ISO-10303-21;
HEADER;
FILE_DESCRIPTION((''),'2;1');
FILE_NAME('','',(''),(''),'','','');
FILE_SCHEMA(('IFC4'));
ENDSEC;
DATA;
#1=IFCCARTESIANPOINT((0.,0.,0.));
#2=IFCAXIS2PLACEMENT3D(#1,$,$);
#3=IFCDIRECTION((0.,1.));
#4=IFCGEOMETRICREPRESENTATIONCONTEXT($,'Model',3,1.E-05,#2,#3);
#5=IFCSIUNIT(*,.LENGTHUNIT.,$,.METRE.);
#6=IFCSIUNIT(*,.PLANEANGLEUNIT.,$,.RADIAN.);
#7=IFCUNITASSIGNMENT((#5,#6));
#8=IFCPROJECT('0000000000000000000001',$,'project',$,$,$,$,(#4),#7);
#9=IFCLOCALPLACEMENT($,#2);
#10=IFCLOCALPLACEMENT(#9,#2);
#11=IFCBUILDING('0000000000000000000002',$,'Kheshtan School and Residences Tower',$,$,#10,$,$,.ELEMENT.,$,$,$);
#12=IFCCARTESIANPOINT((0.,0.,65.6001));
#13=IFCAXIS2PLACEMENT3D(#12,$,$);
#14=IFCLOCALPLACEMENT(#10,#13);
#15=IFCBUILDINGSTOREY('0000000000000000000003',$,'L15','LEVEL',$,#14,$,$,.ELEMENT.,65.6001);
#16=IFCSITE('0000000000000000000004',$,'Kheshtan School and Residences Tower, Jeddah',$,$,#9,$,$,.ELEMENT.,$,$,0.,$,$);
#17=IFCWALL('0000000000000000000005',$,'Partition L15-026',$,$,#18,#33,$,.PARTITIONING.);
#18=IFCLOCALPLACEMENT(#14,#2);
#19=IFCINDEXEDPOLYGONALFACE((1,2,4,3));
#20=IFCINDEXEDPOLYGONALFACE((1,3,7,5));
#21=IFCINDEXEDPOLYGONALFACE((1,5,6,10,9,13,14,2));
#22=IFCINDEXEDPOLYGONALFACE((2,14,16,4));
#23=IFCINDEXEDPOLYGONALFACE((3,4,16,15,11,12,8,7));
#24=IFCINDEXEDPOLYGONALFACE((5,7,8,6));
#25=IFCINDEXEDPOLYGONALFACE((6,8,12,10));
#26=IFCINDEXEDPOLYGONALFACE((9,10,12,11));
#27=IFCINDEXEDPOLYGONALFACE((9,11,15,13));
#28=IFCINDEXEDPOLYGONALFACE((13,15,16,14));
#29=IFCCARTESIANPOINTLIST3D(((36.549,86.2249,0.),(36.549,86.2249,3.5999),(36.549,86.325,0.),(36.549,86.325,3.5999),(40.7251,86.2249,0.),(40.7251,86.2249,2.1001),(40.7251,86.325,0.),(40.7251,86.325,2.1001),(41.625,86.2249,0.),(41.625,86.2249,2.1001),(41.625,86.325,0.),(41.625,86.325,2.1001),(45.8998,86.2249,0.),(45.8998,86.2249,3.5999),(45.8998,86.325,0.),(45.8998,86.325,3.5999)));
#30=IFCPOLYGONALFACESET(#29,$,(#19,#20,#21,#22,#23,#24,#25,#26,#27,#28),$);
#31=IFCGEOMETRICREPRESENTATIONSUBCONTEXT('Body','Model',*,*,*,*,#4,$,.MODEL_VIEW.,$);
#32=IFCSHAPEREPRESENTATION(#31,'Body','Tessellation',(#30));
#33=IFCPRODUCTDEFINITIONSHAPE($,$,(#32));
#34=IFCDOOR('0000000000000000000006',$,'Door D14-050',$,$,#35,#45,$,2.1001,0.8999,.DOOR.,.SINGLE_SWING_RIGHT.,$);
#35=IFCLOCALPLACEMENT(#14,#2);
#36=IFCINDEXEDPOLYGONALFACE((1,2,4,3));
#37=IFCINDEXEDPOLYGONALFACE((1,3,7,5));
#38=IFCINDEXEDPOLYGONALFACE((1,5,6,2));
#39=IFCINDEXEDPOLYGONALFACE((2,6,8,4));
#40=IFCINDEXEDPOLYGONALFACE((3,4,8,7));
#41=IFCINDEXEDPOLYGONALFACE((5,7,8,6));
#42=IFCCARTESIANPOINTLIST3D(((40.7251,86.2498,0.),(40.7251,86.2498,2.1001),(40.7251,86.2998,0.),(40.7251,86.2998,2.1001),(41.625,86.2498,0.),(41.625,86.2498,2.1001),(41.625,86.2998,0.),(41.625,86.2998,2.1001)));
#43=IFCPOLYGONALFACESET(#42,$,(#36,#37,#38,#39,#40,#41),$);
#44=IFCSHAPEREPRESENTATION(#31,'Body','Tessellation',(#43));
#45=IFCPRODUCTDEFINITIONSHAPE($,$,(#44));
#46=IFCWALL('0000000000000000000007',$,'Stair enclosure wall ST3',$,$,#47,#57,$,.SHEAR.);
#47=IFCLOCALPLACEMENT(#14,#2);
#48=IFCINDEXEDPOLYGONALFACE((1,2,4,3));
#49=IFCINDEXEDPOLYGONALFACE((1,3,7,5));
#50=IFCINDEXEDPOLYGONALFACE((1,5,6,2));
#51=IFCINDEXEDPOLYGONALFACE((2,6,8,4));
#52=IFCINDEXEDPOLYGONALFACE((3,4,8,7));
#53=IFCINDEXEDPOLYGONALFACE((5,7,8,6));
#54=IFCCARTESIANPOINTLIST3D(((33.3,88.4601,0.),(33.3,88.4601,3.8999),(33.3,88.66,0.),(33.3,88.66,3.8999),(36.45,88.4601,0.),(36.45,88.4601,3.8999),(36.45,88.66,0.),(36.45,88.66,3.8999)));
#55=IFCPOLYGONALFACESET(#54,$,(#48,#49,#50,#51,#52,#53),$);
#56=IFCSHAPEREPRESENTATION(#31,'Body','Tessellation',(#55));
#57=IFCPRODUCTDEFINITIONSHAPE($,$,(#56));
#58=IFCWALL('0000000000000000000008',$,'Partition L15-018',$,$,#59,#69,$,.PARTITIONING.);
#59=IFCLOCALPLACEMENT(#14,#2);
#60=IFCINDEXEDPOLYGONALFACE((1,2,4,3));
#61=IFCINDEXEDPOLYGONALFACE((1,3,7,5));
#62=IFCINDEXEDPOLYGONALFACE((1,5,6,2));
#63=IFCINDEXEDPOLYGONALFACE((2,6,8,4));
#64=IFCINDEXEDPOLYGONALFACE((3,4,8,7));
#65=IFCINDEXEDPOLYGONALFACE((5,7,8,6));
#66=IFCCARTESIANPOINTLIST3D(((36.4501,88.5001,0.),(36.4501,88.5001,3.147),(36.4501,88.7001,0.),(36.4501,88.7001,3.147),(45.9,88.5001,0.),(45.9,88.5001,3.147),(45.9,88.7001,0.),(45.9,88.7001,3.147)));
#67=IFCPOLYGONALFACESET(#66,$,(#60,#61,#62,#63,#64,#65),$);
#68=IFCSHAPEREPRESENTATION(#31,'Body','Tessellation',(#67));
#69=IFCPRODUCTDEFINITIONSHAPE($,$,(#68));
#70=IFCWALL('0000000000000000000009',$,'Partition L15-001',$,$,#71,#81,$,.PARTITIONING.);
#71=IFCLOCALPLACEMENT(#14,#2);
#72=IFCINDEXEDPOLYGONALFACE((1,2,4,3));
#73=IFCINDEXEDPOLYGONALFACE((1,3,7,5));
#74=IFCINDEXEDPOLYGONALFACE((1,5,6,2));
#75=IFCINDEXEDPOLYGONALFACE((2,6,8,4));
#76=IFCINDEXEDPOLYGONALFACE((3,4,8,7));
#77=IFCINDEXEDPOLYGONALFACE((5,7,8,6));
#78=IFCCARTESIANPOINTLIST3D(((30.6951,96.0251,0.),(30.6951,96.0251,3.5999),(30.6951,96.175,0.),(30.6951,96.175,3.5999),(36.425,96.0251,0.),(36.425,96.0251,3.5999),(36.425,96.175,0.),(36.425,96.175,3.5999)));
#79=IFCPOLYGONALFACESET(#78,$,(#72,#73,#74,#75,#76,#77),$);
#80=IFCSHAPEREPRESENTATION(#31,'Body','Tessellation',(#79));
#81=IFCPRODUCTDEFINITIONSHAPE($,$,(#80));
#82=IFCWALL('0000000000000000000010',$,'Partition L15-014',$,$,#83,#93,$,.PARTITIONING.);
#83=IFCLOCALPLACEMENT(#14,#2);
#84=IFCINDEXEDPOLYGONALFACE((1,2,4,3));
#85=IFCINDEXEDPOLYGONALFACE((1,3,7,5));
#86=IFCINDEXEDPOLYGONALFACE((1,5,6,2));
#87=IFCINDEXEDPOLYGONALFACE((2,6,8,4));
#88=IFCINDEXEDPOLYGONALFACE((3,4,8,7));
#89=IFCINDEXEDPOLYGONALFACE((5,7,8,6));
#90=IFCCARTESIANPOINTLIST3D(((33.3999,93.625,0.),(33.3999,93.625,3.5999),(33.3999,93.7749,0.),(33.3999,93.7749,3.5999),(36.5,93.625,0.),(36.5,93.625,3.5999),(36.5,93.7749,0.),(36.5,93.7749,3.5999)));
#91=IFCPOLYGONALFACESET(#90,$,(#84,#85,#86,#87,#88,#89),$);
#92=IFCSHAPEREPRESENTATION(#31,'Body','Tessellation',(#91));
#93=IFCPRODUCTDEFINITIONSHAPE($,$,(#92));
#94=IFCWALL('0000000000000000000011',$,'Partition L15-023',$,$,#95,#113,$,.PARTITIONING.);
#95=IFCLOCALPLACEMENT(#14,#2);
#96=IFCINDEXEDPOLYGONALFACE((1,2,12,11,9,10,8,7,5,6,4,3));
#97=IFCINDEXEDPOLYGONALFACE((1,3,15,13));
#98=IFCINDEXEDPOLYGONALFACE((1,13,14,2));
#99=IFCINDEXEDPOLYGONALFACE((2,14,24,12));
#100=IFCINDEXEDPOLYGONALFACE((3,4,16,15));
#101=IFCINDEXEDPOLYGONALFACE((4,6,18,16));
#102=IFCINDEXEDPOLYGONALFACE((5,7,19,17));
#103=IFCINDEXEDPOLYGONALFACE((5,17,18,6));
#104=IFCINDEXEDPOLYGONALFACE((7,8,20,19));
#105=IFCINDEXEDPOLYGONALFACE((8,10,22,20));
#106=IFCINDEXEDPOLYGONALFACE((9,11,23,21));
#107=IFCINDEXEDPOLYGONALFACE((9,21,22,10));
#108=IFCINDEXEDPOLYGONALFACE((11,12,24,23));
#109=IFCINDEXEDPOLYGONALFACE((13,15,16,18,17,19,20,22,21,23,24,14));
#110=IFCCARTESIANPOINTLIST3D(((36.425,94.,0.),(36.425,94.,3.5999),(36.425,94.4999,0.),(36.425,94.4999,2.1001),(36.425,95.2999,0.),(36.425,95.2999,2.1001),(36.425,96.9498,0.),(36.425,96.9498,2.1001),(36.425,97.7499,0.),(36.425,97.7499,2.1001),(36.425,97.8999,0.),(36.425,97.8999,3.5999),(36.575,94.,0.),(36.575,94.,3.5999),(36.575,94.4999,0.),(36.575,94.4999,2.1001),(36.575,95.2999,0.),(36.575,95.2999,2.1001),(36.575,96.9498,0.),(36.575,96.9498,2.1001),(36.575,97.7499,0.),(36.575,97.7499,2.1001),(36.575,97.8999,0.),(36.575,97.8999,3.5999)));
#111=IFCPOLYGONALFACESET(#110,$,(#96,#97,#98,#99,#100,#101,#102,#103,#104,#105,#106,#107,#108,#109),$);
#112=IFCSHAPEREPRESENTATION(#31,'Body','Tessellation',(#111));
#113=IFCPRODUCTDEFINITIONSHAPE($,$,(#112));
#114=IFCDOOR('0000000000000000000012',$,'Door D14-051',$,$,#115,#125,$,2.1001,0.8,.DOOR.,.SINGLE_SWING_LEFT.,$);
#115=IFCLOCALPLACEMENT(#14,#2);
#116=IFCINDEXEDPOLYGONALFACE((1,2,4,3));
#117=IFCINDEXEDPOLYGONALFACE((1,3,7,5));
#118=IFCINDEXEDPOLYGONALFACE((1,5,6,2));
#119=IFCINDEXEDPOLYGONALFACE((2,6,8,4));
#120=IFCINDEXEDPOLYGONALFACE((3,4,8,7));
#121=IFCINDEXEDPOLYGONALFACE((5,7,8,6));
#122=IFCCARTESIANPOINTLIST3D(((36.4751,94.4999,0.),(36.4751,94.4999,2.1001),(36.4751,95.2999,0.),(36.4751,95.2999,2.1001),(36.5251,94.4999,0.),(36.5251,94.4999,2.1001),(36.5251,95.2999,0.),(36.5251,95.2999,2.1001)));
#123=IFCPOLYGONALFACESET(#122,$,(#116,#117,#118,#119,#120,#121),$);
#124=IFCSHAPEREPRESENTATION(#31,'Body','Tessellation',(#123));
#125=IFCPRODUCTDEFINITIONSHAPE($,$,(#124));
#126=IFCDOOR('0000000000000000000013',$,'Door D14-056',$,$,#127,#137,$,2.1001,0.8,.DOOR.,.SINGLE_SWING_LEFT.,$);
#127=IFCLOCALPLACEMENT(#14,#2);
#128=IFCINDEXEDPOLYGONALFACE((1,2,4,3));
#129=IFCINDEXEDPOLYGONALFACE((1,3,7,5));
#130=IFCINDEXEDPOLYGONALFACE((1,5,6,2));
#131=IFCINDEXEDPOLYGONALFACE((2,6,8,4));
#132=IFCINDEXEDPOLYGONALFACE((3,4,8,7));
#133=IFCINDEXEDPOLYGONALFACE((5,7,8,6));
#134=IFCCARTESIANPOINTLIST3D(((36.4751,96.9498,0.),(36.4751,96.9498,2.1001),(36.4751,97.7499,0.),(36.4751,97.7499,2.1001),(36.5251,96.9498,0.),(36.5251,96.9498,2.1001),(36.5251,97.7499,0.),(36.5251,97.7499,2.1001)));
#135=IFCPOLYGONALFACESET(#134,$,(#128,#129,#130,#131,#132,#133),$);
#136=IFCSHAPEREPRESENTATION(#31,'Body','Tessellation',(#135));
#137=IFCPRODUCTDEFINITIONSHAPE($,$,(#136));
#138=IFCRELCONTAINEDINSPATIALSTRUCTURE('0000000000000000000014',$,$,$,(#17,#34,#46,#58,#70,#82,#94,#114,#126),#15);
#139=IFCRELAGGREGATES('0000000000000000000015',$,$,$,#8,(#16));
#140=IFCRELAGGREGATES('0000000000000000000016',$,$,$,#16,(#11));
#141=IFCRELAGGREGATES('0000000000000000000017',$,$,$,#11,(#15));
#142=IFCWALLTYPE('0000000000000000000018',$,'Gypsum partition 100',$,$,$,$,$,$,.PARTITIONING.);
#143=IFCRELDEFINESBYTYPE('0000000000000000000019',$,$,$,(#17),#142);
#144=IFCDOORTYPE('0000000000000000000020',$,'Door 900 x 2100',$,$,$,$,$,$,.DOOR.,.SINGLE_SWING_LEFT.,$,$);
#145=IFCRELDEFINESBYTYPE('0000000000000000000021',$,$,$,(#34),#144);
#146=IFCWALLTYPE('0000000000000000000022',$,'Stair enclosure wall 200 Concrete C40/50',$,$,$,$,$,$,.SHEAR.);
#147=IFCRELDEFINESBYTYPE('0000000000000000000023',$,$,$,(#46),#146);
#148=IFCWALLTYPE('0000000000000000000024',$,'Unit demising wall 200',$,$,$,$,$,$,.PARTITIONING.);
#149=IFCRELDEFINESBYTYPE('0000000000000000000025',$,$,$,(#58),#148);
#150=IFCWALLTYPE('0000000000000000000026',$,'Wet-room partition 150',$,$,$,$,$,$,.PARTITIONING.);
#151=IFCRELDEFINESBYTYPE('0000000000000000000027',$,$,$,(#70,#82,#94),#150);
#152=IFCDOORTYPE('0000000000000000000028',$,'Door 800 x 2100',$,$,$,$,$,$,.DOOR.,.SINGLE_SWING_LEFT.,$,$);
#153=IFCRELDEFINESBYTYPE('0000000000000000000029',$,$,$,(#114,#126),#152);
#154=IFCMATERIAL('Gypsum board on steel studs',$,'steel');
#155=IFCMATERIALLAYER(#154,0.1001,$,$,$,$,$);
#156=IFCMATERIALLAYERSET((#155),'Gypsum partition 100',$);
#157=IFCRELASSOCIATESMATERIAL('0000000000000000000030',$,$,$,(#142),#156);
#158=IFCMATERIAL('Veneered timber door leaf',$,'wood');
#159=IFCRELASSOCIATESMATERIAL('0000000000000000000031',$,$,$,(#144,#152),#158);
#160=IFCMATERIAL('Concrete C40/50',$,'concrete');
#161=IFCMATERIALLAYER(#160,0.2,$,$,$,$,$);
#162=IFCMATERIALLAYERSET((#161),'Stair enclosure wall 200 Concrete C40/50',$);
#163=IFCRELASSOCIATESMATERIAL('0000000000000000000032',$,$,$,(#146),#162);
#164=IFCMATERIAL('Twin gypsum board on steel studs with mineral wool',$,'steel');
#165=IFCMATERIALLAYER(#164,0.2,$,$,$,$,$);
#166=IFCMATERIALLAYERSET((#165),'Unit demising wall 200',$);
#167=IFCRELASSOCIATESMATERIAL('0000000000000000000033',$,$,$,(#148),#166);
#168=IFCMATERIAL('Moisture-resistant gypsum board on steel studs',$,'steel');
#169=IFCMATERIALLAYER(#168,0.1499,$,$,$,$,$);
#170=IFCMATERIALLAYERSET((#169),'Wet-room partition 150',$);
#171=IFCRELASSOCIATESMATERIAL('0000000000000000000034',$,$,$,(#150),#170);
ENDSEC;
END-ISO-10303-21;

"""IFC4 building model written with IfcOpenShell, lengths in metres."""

from ifc_helpers import new_model, si_unit, direction, frame, frame_2d, origin, place, context, subcontext, project, spatial, rectangle, extrude, source, transform, mapped, material, layer, layer_set, type_object, element, fill, save


model = new_model("IFC4")

# Units and contexts
model_context = context("Model", 3, precision=1e-05, world=origin(), true_north=direction((0.0, 1.0)))
body_context = subcontext(model_context, "Body", "Model", "MODEL_VIEW")
ifc_project = project(units=[si_unit("LENGTHUNIT", "METRE"), si_unit("PLANEANGLEUNIT", "RADIAN")], contexts=[model_context])

# Site, building, storey
site_placement = place(None, origin())
site = spatial("IfcSite", under=ifc_project, at=site_placement, Name="Kheshtan School and Residences Tower, Jeddah", CompositionType="ELEMENT", RefElevation=0.0)
building_placement = place(site_placement, origin())
building = spatial("IfcBuilding", under=site, at=building_placement, Name="Kheshtan School and Residences Tower", CompositionType="ELEMENT")
storey_placement = place(building_placement, frame((0.0, 0.0, 65.6001)))
storey = spatial("IfcBuildingStorey", under=building, at=storey_placement, Name="L15", Description="LEVEL", CompositionType="ELEMENT", Elevation=65.6001)

# Shared definitions
ifc_material_1 = material(Name="Gypsum board on steel studs", Category="steel")
ifc_layer_1 = layer(ifc_material_1, 0.1001)
ifc_layer_set_1 = layer_set([ifc_layer_1], Name="Gypsum partition 100")
wall_type_1 = type_object("IfcWallType", Name="Gypsum partition 100", PredefinedType="PARTITIONING", material=ifc_layer_set_1)

# Wall, opening, door
ifc_material_2 = material(Name="Veneered timber door leaf", Category="wood")
door_type_1 = type_object("IfcDoorType", Name="Door 900 x 2100", OperationType="SINGLE_SWING_LEFT", PredefinedType="DOOR", material=ifc_material_2)
shared_shape_1 = source(origin(), body_context, "Body", "SweptSolid", [
    extrude(rectangle(XDim=0.8999, YDim=2.1001, at=frame_2d((0.45, 1.05))), frame((0.0, 0.0249, 0.0), z_axis=(0.0, -1.0, 0.0), x_axis=(1.0, 0.0, 0.0)), (0.0, 0.0, 1.0), 0.05),
])
wall_1_placement = place(storey_placement, frame((36.5491, 86.2749, 0.0), z_axis=(0.0, 0.0, 1.0), x_axis=(1.0, 0.0, 0.0)))
wall_1 = element("IfcWall", 1, at=wall_1_placement, inside=storey, type_object=wall_type_1, Name="Partition L15-026", PredefinedType="PARTITIONING", context=body_context, shape_type="SweptSolid", body=[
    extrude(rectangle(XDim=9.3508, YDim=0.1001, at=frame_2d((4.6753, 0.0))), origin(), (0.0, 0.0, 1.0), 3.5999),
])
opening_1_placement = place(wall_1_placement, frame((4.176, 0.0, 0.0)))
opening_1 = element("IfcOpeningElement", 2, at=opening_1_placement, cuts=wall_1, PredefinedType="OPENING", context=body_context, shape_type="SweptSolid", body=[
    extrude(rectangle(XDim=0.8999, YDim=2.1001, at=frame_2d((0.45, 1.05))), frame((0.0, 0.0601, 0.0), z_axis=(0.0, -1.0, 0.0), x_axis=(1.0, 0.0, 0.0)), (0.0, 0.0, 1.0), 0.1201),
])
door_1_placement = place(opening_1_placement, origin())
door_1 = element("IfcDoor", 3, at=door_1_placement, inside=storey, type_object=door_type_1, Name="Door D14-050", OperationType="SINGLE_SWING_RIGHT", OverallHeight=2.1001, OverallWidth=0.8999, PredefinedType="DOOR", context=body_context, shape_type="MappedRepresentation", body=[
    mapped(shared_shape_1, transform((0.0, 0.0, 0.0), x_axis=(1.0, 0.0, 0.0), y_axis=(0.0, 1.0, 0.0), z_axis=(0.0, 0.0, 1.0), scale=1.0)),
])
fill(opening_1, door_1)

# Walls
ifc_material_3 = material(Name="Concrete C40/50", Category="concrete")
ifc_layer_2 = layer(ifc_material_3, 0.2)
ifc_layer_set_2 = layer_set([ifc_layer_2], Name="Stair enclosure wall 200 Concrete C40/50")
wall_type_2 = type_object("IfcWallType", Name="Stair enclosure wall 200 Concrete C40/50", PredefinedType="SHEAR", material=ifc_layer_set_2)
wall_2_placement = place(storey_placement, frame((33.3, 88.5601, 0.0), z_axis=(0.0, 0.0, 1.0), x_axis=(1.0, 0.0, 0.0)))
element("IfcWall", 4, at=wall_2_placement, inside=storey, type_object=wall_type_2, Name="Stair enclosure wall ST3", PredefinedType="SHEAR", context=body_context, shape_type="SweptSolid", body=[
    extrude(rectangle(XDim=3.1499, YDim=0.2, at=frame_2d((1.575, 0.0))), origin(), (0.0, 0.0, 1.0), 3.8999),
])
ifc_material_4 = material(Name="Twin gypsum board on steel studs with mineral wool", Category="steel")
ifc_layer_3 = layer(ifc_material_4, 0.2)
ifc_layer_set_3 = layer_set([ifc_layer_3], Name="Unit demising wall 200")
wall_type_3 = type_object("IfcWallType", Name="Unit demising wall 200", PredefinedType="PARTITIONING", material=ifc_layer_set_3)
wall_3_placement = place(storey_placement, frame((36.45, 88.6001, 0.0), z_axis=(0.0, 0.0, 1.0), x_axis=(1.0, 0.0, 0.0)))
element("IfcWall", 5, at=wall_3_placement, inside=storey, type_object=wall_type_3, Name="Partition L15-018", PredefinedType="PARTITIONING", context=body_context, shape_type="SweptSolid", body=[
    extrude(rectangle(XDim=9.45, YDim=0.2, at=frame_2d((4.7251, 0.0))), origin(), (0.0, 0.0, 1.0), 3.147),
])
ifc_material_5 = material(Name="Moisture-resistant gypsum board on steel studs", Category="steel")
ifc_layer_4 = layer(ifc_material_5, 0.1499)
ifc_layer_set_4 = layer_set([ifc_layer_4], Name="Wet-room partition 150")
wall_type_4 = type_object("IfcWallType", Name="Wet-room partition 150", PredefinedType="PARTITIONING", material=ifc_layer_set_4)
wall_4_placement = place(storey_placement, frame((30.6951, 96.1001, 0.0), z_axis=(0.0, 0.0, 1.0), x_axis=(1.0, 0.0, 0.0)))
element("IfcWall", 6, at=wall_4_placement, inside=storey, type_object=wall_type_4, Name="Partition L15-001", PredefinedType="PARTITIONING", context=body_context, shape_type="SweptSolid", body=[
    extrude(rectangle(XDim=5.73, YDim=0.1499, at=frame_2d((2.865, 0.0))), origin(), (0.0, 0.0, 1.0), 3.5999),
])
wall_5_placement = place(storey_placement, frame((33.3999, 93.7, 0.0), z_axis=(0.0, 0.0, 1.0), x_axis=(1.0, 0.0, 0.0)))
element("IfcWall", 7, at=wall_5_placement, inside=storey, type_object=wall_type_4, Name="Partition L15-014", PredefinedType="PARTITIONING", context=body_context, shape_type="SweptSolid", body=[
    extrude(rectangle(XDim=3.1001, YDim=0.1499, at=frame_2d((1.55, 0.0))), origin(), (0.0, 0.0, 1.0), 3.5999),
])

# Wall, openings, doors
wall_6_placement = place(storey_placement, frame((36.5, 94.0, 0.0), z_axis=(0.0, 0.0, 1.0), x_axis=(0.0, 1.0, 0.0)))
wall_6 = element("IfcWall", 8, at=wall_6_placement, inside=storey, type_object=wall_type_4, Name="Partition L15-023", PredefinedType="PARTITIONING", context=body_context, shape_type="SweptSolid", body=[
    extrude(rectangle(XDim=3.8999, YDim=0.1499, at=frame_2d((1.95, 0.0))), origin(), (0.0, 0.0, 1.0), 3.5999),
])
opening_2_placement = place(wall_6_placement, frame((0.5, 0.0, 0.0)))
opening_2 = element("IfcOpeningElement", 9, at=opening_2_placement, cuts=wall_6, PredefinedType="OPENING", context=body_context, shape_type="SweptSolid", body=[
    extrude(rectangle(XDim=0.8, YDim=2.1001, at=frame_2d((0.3999, 1.05))), frame((0.0, 0.085, 0.0), z_axis=(0.0, -1.0, 0.0), x_axis=(1.0, 0.0, 0.0)), (0.0, 0.0, 1.0), 0.1699),
])
opening_3_placement = place(wall_6_placement, frame((2.95, 0.0, 0.0)))
opening_3 = element("IfcOpeningElement", 10, at=opening_3_placement, cuts=wall_6, PredefinedType="OPENING", context=body_context, shape_type="SweptSolid", body=[
    extrude(rectangle(XDim=0.8, YDim=2.1001, at=frame_2d((0.3999, 1.05))), frame((0.0, 0.085, 0.0), z_axis=(0.0, -1.0, 0.0), x_axis=(1.0, 0.0, 0.0)), (0.0, 0.0, 1.0), 0.1699),
])
door_type_2 = type_object("IfcDoorType", Name="Door 800 x 2100", OperationType="SINGLE_SWING_LEFT", PredefinedType="DOOR", material=ifc_material_2)
shared_shape_2 = source(origin(), body_context, "Body", "SweptSolid", [
    extrude(rectangle(XDim=0.8, YDim=2.1001, at=frame_2d((0.3999, 1.05))), frame((0.0, 0.0249, 0.0), z_axis=(0.0, -1.0, 0.0), x_axis=(1.0, 0.0, 0.0)), (0.0, 0.0, 1.0), 0.05),
])
door_2_placement = place(opening_2_placement, origin())
door_2 = element("IfcDoor", 11, at=door_2_placement, inside=storey, type_object=door_type_2, Name="Door D14-051", OperationType="SINGLE_SWING_LEFT", OverallHeight=2.1001, OverallWidth=0.8, PredefinedType="DOOR", context=body_context, shape_type="MappedRepresentation", body=[
    mapped(shared_shape_2, transform((0.0, 0.0, 0.0), x_axis=(1.0, 0.0, 0.0), y_axis=(0.0, 1.0, 0.0), z_axis=(0.0, 0.0, 1.0), scale=1.0)),
])
fill(opening_2, door_2)
door_3_placement = place(opening_3_placement, origin())
door_3 = element("IfcDoor", 12, at=door_3_placement, inside=storey, type_object=door_type_2, Name="Door D14-056", OperationType="SINGLE_SWING_LEFT", OverallHeight=2.1001, OverallWidth=0.8, PredefinedType="DOOR", context=body_context, shape_type="MappedRepresentation", body=[
    mapped(shared_shape_2, transform((0.0, 0.0, 0.0), x_axis=(1.0, 0.0, 0.0), y_axis=(0.0, 1.0, 0.0), z_axis=(0.0, 0.0, 1.0), scale=1.0)),
])
fill(opening_3, door_3)

save(model, "model.ifc")
